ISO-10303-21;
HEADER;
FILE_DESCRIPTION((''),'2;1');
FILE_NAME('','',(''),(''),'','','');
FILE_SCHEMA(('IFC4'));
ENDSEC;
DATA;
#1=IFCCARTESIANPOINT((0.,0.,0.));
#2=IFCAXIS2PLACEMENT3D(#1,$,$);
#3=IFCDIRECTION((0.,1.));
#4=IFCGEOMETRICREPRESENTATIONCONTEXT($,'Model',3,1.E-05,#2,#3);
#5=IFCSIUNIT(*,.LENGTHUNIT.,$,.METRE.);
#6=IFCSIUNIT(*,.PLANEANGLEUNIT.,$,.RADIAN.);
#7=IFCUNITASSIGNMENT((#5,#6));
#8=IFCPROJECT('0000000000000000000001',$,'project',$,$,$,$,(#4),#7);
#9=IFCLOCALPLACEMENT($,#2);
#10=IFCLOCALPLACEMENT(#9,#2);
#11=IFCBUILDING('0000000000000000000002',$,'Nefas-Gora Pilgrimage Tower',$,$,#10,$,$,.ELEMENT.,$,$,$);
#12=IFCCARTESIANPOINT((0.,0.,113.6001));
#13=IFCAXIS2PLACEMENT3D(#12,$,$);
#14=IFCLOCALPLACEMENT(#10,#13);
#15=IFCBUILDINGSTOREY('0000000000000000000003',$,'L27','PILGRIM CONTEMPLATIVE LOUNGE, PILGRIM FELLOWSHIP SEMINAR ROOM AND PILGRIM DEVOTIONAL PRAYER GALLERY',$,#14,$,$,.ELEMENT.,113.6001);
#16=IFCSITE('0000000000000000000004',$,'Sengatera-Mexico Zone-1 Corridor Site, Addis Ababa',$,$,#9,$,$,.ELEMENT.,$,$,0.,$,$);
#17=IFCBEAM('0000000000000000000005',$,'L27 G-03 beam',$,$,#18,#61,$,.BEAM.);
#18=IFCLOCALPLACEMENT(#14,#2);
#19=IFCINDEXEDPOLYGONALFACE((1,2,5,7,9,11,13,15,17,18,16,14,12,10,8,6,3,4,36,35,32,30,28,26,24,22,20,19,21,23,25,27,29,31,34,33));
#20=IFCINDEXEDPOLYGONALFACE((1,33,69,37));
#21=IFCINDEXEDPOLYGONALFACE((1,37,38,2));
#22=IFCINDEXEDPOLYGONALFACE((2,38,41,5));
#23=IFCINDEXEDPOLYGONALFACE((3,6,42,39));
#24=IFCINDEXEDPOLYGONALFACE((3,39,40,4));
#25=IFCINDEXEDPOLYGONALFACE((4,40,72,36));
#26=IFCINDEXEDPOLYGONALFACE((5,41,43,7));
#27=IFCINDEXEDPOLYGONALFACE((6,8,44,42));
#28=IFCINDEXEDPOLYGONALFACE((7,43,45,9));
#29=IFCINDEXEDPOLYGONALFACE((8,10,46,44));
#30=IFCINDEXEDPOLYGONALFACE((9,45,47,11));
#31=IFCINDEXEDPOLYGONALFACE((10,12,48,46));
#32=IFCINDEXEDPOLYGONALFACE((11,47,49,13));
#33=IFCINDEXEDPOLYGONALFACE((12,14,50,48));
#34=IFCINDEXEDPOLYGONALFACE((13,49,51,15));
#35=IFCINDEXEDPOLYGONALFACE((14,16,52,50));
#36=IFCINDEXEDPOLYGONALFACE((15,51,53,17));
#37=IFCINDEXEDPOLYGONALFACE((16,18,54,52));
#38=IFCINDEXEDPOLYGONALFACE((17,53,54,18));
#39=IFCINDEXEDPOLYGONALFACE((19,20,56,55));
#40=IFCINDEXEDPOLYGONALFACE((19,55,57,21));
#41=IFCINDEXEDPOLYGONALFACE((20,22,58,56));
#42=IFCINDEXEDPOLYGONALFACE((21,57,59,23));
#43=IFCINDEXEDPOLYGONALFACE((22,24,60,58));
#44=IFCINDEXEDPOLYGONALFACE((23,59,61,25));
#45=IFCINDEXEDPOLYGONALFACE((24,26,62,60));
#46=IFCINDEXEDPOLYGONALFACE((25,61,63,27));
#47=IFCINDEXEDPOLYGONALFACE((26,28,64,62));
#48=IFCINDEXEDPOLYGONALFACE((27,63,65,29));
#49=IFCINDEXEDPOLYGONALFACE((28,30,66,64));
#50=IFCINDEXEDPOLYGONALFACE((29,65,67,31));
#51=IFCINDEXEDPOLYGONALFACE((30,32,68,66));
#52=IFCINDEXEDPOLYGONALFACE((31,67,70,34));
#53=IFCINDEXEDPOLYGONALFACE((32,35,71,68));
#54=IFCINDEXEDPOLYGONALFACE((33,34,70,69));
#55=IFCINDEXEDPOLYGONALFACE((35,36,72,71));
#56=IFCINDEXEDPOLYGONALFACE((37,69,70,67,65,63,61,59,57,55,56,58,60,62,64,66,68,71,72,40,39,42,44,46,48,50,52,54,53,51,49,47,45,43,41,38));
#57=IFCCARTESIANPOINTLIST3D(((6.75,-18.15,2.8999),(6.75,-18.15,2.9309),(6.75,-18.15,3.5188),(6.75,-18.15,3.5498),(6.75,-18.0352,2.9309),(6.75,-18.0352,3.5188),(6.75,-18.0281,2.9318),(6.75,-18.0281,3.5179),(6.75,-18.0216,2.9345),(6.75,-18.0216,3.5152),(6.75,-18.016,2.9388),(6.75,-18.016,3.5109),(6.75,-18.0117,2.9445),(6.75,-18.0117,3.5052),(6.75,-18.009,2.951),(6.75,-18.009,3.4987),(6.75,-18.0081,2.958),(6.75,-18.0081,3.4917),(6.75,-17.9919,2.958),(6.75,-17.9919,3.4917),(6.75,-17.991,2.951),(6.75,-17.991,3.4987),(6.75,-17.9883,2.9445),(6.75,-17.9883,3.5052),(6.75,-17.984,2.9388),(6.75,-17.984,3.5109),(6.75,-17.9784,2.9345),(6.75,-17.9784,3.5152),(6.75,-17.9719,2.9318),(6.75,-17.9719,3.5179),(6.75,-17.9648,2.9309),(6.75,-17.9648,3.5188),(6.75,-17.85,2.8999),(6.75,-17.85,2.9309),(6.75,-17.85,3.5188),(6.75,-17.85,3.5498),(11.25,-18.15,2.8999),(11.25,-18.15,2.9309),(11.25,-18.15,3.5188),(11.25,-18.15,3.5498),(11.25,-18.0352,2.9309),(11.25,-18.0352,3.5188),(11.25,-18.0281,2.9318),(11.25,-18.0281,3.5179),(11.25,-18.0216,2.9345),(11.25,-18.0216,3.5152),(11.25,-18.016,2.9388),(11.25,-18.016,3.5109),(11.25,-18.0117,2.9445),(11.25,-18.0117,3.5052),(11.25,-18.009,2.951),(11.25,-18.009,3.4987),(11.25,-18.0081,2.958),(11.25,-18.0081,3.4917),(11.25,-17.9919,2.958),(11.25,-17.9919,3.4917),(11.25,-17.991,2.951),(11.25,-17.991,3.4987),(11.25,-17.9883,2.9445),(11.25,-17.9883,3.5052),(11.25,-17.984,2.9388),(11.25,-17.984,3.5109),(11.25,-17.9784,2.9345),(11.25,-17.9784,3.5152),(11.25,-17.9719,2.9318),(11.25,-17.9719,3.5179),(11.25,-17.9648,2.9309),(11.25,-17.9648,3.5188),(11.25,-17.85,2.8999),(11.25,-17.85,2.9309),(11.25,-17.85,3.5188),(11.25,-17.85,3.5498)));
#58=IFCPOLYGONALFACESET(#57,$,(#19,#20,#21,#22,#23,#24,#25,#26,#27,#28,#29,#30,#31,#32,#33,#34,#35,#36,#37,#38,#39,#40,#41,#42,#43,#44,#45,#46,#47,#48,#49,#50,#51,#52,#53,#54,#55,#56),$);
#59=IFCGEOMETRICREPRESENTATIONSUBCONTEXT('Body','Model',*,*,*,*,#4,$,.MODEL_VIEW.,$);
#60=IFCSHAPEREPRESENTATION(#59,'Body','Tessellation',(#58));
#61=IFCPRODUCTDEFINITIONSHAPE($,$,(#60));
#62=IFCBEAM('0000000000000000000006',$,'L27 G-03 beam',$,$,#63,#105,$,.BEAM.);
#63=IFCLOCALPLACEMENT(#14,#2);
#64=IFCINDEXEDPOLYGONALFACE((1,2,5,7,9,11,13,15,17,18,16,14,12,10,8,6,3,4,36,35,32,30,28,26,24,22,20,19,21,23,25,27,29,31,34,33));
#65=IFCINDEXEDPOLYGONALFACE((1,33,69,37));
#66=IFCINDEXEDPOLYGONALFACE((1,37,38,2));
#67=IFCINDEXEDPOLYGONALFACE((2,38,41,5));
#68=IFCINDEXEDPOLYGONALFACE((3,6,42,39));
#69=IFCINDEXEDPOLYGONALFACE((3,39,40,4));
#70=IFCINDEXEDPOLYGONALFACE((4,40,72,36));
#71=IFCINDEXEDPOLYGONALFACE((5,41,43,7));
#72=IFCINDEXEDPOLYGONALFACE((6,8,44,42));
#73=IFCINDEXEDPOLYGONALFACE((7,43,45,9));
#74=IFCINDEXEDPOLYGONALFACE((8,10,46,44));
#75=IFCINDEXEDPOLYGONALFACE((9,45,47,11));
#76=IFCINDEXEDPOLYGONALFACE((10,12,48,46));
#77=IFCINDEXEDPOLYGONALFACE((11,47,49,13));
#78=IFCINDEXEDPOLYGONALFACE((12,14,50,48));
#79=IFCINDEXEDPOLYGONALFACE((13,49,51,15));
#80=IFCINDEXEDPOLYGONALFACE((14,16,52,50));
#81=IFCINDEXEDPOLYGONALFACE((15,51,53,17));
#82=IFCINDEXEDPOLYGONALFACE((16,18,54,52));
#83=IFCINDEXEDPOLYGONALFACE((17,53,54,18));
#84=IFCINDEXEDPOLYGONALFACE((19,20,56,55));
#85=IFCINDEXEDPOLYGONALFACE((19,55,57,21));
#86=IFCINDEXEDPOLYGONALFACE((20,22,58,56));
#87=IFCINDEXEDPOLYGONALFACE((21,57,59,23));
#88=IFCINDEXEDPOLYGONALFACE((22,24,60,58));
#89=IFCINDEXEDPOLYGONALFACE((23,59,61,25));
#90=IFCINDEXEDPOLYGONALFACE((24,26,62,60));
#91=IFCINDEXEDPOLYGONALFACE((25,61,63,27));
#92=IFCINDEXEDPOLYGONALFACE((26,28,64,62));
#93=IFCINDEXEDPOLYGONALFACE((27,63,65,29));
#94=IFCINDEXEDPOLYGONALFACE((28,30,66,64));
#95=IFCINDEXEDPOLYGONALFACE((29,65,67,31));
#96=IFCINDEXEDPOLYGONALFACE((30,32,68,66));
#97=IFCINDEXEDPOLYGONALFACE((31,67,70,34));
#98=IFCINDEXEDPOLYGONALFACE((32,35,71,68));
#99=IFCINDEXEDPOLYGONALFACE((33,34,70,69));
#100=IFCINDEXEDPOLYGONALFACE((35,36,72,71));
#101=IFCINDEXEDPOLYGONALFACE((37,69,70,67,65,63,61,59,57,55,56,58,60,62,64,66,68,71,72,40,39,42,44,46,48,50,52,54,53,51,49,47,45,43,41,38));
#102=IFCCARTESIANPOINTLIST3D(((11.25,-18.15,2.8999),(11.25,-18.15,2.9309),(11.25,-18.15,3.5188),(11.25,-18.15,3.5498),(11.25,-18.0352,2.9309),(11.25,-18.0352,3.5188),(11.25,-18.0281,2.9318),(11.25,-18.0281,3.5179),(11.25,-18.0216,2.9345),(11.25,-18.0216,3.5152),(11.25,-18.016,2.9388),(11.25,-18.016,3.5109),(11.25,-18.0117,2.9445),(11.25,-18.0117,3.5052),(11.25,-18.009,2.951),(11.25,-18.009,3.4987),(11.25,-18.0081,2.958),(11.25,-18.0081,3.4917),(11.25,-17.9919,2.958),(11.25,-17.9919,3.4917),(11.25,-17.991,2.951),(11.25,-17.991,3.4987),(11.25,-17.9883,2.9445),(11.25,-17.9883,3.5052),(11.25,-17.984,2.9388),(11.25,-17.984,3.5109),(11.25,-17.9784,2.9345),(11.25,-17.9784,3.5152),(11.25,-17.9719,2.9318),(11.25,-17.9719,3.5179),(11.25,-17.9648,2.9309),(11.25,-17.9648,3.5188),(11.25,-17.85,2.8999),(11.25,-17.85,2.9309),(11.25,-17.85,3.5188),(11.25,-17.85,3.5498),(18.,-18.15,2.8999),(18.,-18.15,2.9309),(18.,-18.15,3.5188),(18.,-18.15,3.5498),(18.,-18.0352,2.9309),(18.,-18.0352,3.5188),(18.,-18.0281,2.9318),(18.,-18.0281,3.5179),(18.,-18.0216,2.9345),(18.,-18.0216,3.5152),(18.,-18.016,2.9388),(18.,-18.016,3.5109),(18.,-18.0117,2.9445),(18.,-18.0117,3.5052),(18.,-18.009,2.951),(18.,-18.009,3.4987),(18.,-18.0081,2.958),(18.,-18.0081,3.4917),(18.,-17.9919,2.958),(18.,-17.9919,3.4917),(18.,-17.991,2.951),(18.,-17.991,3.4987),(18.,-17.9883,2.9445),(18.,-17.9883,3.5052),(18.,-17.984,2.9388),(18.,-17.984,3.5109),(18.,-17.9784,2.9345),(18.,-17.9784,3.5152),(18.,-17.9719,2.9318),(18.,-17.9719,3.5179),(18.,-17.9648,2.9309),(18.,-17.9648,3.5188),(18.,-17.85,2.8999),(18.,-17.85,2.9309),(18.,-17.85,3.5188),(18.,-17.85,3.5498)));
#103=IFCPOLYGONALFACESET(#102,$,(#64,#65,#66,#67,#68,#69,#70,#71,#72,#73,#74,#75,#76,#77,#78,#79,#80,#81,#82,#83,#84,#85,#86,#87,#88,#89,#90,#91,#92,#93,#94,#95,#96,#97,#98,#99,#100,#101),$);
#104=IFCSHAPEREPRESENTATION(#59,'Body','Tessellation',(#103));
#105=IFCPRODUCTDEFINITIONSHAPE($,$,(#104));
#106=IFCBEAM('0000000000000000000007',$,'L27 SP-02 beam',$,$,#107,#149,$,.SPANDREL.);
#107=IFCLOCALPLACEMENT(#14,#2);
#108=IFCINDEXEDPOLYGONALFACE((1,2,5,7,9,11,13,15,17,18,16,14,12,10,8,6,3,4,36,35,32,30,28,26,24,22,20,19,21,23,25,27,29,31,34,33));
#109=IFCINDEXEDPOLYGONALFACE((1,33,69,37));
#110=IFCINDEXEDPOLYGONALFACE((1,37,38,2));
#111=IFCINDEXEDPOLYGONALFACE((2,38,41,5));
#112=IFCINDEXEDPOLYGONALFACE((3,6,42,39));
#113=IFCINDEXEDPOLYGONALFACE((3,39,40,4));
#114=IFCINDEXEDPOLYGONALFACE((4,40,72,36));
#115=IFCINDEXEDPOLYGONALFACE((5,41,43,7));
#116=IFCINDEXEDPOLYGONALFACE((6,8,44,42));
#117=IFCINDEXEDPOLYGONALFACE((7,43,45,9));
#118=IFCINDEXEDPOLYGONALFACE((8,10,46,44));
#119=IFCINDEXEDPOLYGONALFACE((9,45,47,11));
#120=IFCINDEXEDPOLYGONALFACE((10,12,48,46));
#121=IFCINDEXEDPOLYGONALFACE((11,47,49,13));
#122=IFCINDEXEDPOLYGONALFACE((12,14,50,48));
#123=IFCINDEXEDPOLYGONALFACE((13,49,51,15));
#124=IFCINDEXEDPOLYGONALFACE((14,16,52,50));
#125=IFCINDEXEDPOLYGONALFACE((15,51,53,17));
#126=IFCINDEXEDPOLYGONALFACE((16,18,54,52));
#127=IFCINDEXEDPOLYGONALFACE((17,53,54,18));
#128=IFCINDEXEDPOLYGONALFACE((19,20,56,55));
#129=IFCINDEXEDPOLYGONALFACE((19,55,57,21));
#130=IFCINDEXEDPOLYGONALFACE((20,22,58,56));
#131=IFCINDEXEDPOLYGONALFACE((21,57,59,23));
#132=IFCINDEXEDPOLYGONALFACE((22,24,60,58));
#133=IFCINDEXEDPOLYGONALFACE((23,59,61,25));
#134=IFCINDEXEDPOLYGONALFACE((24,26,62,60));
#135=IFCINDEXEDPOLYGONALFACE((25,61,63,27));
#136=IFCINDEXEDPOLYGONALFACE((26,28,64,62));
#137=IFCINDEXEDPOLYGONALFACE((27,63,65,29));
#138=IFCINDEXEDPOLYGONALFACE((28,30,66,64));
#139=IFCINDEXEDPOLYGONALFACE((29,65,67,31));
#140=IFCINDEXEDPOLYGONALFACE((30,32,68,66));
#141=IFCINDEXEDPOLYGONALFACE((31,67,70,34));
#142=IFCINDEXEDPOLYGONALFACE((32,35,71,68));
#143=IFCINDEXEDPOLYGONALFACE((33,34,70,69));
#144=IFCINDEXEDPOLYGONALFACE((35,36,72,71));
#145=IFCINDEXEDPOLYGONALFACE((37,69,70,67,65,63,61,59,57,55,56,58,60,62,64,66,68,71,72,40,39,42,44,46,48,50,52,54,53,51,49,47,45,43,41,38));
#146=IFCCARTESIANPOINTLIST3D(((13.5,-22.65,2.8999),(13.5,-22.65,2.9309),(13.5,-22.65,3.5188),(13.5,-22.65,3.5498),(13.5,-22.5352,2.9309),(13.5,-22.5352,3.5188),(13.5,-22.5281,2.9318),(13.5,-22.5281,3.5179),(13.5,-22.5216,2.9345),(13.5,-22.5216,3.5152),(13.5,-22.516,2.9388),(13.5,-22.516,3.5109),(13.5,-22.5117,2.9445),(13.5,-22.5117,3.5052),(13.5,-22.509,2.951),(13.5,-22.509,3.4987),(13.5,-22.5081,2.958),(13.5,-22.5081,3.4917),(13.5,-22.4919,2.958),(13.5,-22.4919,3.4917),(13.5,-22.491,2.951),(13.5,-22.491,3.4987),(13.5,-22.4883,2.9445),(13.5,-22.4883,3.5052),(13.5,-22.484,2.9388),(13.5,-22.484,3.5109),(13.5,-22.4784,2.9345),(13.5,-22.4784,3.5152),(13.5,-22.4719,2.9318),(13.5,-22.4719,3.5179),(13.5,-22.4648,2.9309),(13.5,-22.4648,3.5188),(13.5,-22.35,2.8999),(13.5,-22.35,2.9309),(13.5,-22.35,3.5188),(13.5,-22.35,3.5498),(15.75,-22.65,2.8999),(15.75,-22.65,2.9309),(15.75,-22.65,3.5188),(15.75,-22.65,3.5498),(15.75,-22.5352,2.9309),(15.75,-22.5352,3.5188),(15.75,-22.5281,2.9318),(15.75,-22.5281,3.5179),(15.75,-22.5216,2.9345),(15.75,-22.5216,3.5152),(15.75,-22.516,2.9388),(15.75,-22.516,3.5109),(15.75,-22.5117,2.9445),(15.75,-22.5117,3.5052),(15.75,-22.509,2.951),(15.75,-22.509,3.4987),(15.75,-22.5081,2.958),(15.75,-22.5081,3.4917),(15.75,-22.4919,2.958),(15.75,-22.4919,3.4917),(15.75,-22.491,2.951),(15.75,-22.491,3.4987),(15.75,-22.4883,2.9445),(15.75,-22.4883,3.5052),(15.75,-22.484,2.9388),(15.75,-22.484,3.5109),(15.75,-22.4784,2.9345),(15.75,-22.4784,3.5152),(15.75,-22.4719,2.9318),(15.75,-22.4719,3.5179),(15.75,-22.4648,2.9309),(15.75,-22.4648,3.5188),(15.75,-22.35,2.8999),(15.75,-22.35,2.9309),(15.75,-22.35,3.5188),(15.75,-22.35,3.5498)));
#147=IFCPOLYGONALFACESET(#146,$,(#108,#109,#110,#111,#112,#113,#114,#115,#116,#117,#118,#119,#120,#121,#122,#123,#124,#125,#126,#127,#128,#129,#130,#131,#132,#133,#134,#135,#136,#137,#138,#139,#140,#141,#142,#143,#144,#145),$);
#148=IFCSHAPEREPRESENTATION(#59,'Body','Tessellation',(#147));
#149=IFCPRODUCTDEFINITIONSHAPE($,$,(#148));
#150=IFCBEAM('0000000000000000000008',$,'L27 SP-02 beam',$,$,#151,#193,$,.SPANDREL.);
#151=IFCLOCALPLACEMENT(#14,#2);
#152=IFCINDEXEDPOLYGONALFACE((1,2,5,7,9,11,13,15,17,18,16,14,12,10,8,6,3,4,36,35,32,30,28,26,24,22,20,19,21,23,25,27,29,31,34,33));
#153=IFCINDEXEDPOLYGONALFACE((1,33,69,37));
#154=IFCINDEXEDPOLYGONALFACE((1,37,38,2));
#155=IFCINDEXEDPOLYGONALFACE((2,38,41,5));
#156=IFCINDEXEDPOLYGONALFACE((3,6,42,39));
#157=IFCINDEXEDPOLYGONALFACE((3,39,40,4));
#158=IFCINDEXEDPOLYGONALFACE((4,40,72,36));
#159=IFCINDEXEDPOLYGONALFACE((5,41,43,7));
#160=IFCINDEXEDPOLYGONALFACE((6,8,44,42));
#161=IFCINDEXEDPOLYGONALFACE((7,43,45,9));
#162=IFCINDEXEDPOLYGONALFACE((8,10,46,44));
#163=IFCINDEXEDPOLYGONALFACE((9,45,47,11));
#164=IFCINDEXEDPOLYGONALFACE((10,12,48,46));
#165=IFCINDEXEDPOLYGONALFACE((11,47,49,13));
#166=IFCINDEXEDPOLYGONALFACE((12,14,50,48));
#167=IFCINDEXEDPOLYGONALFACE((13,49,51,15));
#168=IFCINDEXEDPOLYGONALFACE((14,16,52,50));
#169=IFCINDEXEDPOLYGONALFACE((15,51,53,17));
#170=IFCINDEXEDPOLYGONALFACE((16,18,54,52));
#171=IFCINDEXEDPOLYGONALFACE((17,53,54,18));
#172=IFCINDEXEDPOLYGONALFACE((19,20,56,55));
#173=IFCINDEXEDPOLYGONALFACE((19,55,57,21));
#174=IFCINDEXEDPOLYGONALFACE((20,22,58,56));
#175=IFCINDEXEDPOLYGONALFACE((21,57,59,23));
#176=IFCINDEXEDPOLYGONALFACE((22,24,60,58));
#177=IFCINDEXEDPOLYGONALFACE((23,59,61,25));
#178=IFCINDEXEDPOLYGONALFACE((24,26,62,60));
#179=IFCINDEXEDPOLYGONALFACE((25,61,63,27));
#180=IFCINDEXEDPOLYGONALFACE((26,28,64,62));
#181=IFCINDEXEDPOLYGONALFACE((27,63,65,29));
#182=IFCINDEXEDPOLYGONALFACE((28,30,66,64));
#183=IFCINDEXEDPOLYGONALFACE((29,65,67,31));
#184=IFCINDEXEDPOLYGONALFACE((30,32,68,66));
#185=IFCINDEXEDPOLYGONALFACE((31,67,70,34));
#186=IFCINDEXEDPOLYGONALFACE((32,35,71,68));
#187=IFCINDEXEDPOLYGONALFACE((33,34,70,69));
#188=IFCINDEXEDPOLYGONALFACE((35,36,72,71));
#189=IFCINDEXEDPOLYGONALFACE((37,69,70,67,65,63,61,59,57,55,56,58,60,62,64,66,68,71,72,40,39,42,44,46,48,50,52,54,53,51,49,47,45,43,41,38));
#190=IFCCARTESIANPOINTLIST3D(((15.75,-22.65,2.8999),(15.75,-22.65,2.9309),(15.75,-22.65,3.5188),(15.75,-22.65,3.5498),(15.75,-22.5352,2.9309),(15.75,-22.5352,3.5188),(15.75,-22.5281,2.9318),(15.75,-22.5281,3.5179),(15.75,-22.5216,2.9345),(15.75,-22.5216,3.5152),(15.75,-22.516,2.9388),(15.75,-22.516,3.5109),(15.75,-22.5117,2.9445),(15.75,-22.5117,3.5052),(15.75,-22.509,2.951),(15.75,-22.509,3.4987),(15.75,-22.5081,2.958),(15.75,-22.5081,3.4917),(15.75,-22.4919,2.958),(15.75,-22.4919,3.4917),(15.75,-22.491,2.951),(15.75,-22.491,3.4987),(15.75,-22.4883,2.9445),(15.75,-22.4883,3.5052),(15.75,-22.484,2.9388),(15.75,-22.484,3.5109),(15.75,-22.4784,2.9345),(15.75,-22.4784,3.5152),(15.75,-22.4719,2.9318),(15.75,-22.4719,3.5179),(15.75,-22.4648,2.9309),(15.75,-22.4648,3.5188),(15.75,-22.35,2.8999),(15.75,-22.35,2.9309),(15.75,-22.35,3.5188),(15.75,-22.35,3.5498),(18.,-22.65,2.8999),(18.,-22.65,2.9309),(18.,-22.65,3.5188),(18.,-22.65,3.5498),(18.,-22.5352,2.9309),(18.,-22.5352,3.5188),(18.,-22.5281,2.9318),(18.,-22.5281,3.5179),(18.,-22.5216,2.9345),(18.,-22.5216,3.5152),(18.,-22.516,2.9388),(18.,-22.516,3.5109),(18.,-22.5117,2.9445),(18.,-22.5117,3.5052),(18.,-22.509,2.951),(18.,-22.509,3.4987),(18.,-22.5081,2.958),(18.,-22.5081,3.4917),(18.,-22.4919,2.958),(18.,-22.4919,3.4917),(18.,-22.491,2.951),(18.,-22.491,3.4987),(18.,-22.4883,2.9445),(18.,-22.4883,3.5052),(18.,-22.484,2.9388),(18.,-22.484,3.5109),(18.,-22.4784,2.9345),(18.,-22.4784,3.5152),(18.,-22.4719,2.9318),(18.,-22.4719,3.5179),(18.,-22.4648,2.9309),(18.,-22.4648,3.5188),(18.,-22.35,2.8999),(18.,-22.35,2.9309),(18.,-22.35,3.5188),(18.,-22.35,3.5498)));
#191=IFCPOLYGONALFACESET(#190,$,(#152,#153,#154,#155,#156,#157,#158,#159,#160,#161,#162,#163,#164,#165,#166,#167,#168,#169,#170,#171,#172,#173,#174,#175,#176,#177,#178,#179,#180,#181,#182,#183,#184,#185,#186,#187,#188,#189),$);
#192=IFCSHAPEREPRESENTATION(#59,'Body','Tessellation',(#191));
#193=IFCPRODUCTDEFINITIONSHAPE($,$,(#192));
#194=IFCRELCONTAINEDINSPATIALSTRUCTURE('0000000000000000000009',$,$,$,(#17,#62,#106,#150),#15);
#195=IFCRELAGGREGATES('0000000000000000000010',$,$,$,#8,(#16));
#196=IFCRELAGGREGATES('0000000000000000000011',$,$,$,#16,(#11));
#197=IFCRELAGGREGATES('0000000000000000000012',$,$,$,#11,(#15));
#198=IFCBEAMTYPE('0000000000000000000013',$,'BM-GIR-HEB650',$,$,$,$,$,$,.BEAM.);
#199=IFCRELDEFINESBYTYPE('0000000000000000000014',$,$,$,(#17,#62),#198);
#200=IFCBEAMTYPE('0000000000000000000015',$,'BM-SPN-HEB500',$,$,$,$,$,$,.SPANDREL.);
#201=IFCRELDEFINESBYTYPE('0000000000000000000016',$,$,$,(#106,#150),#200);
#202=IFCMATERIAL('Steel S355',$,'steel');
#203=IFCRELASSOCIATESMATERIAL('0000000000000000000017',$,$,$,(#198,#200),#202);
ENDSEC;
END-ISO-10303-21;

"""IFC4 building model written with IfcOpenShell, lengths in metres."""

from ifc_helpers import new_model, si_unit, direction, frame, origin, origin_2d, place, context, subcontext, project, spatial, i_section, extrude, source, transform, mapped, material, material_profile, profile_set, type_object, element, save


model = new_model("IFC4")

# Units and contexts
model_context = context("Model", 3, precision=1e-05, world=origin(), true_north=direction((0.0, 1.0)))
body_context = subcontext(model_context, "Body", "Model", "MODEL_VIEW")
ifc_project = project(units=[si_unit("LENGTHUNIT", "METRE"), si_unit("PLANEANGLEUNIT", "RADIAN")], contexts=[model_context])

# Site, building, storey
site_placement = place(None, origin())
site = spatial("IfcSite", under=ifc_project, at=site_placement, Name="Sengatera-Mexico Zone-1 Corridor Site, Addis Ababa", CompositionType="ELEMENT", RefElevation=0.0)
building_placement = place(site_placement, origin())
building = spatial("IfcBuilding", under=site, at=building_placement, Name="Nefas-Gora Pilgrimage Tower", CompositionType="ELEMENT")
storey_placement = place(building_placement, frame((0.0, 0.0, 113.6001)))
storey = spatial("IfcBuildingStorey", under=building, at=storey_placement, Name="L27", Description="PILGRIM CONTEMPLATIVE LOUNGE, PILGRIM FELLOWSHIP SEMINAR ROOM AND PILGRIM DEVOTIONAL PRAYER GALLERY", CompositionType="ELEMENT", Elevation=113.6001)

# Beams
ifc_material_1 = material(Name="Steel S355", Category="steel")
ifc_material_profile_1 = material_profile(ifc_material_1, i_section(OverallWidth=0.3, OverallDepth=0.6499, WebThickness=0.0161, FlangeThickness=0.031, FilletRadius=0.0271, at=origin_2d()), Name="HEB 650")
ifc_profile_set_1 = profile_set([ifc_material_profile_1], Name="Steel S355")
beam_type_1 = type_object("IfcBeamType", Name="BM-GIR-HEB650", PredefinedType="BEAM", material=ifc_profile_set_1)
shared_shape_1 = source(origin(), body_context, "Body", "SweptSolid", [
    extrude(i_section(OverallWidth=0.3, OverallDepth=0.6499, WebThickness=0.0161, FlangeThickness=0.031, FilletRadius=0.0271, at=origin_2d()), origin(), (0.0, 0.0, 1.0), 4.5),
])
for number, where, z_axis, x_axis, name in (
    (1, (6.75, -18.0, 3.2249), (1.0, 0.0, 0.0), (0.0, 1.0, 0.0), "L27 G-03 beam"),
):
    element("IfcBeam", number, at=place(storey_placement, frame(where, z_axis=z_axis, x_axis=x_axis)), inside=storey, type_object=beam_type_1, Name=name, PredefinedType="BEAM", context=body_context, shape_type="MappedRepresentation", body=[
        mapped(shared_shape_1, transform((0.0, 0.0, 0.0), x_axis=(1.0, 0.0, 0.0), y_axis=(0.0, 1.0, 0.0), z_axis=(0.0, 0.0, 1.0), scale=1.0)),
    ])
shared_shape_2 = source(origin(), body_context, "Body", "SweptSolid", [
    extrude(i_section(OverallWidth=0.3, OverallDepth=0.6499, WebThickness=0.0161, FlangeThickness=0.031, FilletRadius=0.0271, at=origin_2d()), origin(), (0.0, 0.0, 1.0), 6.75),
])
beam_placement = place(storey_placement, frame((11.25, -18.0, 3.2249), z_axis=(1.0, 0.0, 0.0), x_axis=(0.0, 1.0, 0.0)))
element("IfcBeam", 2, at=beam_placement, inside=storey, type_object=beam_type_1, Name="L27 G-03 beam", PredefinedType="BEAM", context=body_context, shape_type="MappedRepresentation", body=[
    mapped(shared_shape_2, transform((0.0, 0.0, 0.0), x_axis=(1.0, 0.0, 0.0), y_axis=(0.0, 1.0, 0.0), z_axis=(0.0, 0.0, 1.0), scale=1.0)),
])
ifc_material_profile_2 = material_profile(ifc_material_1, i_section(OverallWidth=0.3, OverallDepth=0.6499, WebThickness=0.0161, FlangeThickness=0.031, FilletRadius=0.0271, at=origin_2d()), Name="HEB 650")
ifc_profile_set_2 = profile_set([ifc_material_profile_2], Name="Steel S355")
beam_type_2 = type_object("IfcBeamType", Name="BM-SPN-HEB500", PredefinedType="SPANDREL", material=ifc_profile_set_2)
shared_shape_3 = source(origin(), body_context, "Body", "SweptSolid", [
    extrude(i_section(OverallWidth=0.3, OverallDepth=0.6499, WebThickness=0.0161, FlangeThickness=0.031, FilletRadius=0.0271, at=origin_2d()), origin(), (0.0, 0.0, 1.0), 2.25),
])
for number, where, z_axis, x_axis, name in (
    (3, (13.5, -22.5, 3.2249), (1.0, 0.0, 0.0), (0.0, 1.0, 0.0), "L27 SP-02 beam"),
    (4, (15.75, -22.5, 3.2249), (1.0, 0.0, 0.0), (0.0, 1.0, 0.0), "L27 SP-02 beam"),
):
    element("IfcBeam", number, at=place(storey_placement, frame(where, z_axis=z_axis, x_axis=x_axis)), inside=storey, type_object=beam_type_2, Name=name, PredefinedType="SPANDREL", context=body_context, shape_type="MappedRepresentation", body=[
        mapped(shared_shape_3, transform((0.0, 0.0, 0.0), x_axis=(1.0, 0.0, 0.0), y_axis=(0.0, 1.0, 0.0), z_axis=(0.0, 0.0, 1.0), scale=1.0)),
    ])

save(model, "model.ifc")
